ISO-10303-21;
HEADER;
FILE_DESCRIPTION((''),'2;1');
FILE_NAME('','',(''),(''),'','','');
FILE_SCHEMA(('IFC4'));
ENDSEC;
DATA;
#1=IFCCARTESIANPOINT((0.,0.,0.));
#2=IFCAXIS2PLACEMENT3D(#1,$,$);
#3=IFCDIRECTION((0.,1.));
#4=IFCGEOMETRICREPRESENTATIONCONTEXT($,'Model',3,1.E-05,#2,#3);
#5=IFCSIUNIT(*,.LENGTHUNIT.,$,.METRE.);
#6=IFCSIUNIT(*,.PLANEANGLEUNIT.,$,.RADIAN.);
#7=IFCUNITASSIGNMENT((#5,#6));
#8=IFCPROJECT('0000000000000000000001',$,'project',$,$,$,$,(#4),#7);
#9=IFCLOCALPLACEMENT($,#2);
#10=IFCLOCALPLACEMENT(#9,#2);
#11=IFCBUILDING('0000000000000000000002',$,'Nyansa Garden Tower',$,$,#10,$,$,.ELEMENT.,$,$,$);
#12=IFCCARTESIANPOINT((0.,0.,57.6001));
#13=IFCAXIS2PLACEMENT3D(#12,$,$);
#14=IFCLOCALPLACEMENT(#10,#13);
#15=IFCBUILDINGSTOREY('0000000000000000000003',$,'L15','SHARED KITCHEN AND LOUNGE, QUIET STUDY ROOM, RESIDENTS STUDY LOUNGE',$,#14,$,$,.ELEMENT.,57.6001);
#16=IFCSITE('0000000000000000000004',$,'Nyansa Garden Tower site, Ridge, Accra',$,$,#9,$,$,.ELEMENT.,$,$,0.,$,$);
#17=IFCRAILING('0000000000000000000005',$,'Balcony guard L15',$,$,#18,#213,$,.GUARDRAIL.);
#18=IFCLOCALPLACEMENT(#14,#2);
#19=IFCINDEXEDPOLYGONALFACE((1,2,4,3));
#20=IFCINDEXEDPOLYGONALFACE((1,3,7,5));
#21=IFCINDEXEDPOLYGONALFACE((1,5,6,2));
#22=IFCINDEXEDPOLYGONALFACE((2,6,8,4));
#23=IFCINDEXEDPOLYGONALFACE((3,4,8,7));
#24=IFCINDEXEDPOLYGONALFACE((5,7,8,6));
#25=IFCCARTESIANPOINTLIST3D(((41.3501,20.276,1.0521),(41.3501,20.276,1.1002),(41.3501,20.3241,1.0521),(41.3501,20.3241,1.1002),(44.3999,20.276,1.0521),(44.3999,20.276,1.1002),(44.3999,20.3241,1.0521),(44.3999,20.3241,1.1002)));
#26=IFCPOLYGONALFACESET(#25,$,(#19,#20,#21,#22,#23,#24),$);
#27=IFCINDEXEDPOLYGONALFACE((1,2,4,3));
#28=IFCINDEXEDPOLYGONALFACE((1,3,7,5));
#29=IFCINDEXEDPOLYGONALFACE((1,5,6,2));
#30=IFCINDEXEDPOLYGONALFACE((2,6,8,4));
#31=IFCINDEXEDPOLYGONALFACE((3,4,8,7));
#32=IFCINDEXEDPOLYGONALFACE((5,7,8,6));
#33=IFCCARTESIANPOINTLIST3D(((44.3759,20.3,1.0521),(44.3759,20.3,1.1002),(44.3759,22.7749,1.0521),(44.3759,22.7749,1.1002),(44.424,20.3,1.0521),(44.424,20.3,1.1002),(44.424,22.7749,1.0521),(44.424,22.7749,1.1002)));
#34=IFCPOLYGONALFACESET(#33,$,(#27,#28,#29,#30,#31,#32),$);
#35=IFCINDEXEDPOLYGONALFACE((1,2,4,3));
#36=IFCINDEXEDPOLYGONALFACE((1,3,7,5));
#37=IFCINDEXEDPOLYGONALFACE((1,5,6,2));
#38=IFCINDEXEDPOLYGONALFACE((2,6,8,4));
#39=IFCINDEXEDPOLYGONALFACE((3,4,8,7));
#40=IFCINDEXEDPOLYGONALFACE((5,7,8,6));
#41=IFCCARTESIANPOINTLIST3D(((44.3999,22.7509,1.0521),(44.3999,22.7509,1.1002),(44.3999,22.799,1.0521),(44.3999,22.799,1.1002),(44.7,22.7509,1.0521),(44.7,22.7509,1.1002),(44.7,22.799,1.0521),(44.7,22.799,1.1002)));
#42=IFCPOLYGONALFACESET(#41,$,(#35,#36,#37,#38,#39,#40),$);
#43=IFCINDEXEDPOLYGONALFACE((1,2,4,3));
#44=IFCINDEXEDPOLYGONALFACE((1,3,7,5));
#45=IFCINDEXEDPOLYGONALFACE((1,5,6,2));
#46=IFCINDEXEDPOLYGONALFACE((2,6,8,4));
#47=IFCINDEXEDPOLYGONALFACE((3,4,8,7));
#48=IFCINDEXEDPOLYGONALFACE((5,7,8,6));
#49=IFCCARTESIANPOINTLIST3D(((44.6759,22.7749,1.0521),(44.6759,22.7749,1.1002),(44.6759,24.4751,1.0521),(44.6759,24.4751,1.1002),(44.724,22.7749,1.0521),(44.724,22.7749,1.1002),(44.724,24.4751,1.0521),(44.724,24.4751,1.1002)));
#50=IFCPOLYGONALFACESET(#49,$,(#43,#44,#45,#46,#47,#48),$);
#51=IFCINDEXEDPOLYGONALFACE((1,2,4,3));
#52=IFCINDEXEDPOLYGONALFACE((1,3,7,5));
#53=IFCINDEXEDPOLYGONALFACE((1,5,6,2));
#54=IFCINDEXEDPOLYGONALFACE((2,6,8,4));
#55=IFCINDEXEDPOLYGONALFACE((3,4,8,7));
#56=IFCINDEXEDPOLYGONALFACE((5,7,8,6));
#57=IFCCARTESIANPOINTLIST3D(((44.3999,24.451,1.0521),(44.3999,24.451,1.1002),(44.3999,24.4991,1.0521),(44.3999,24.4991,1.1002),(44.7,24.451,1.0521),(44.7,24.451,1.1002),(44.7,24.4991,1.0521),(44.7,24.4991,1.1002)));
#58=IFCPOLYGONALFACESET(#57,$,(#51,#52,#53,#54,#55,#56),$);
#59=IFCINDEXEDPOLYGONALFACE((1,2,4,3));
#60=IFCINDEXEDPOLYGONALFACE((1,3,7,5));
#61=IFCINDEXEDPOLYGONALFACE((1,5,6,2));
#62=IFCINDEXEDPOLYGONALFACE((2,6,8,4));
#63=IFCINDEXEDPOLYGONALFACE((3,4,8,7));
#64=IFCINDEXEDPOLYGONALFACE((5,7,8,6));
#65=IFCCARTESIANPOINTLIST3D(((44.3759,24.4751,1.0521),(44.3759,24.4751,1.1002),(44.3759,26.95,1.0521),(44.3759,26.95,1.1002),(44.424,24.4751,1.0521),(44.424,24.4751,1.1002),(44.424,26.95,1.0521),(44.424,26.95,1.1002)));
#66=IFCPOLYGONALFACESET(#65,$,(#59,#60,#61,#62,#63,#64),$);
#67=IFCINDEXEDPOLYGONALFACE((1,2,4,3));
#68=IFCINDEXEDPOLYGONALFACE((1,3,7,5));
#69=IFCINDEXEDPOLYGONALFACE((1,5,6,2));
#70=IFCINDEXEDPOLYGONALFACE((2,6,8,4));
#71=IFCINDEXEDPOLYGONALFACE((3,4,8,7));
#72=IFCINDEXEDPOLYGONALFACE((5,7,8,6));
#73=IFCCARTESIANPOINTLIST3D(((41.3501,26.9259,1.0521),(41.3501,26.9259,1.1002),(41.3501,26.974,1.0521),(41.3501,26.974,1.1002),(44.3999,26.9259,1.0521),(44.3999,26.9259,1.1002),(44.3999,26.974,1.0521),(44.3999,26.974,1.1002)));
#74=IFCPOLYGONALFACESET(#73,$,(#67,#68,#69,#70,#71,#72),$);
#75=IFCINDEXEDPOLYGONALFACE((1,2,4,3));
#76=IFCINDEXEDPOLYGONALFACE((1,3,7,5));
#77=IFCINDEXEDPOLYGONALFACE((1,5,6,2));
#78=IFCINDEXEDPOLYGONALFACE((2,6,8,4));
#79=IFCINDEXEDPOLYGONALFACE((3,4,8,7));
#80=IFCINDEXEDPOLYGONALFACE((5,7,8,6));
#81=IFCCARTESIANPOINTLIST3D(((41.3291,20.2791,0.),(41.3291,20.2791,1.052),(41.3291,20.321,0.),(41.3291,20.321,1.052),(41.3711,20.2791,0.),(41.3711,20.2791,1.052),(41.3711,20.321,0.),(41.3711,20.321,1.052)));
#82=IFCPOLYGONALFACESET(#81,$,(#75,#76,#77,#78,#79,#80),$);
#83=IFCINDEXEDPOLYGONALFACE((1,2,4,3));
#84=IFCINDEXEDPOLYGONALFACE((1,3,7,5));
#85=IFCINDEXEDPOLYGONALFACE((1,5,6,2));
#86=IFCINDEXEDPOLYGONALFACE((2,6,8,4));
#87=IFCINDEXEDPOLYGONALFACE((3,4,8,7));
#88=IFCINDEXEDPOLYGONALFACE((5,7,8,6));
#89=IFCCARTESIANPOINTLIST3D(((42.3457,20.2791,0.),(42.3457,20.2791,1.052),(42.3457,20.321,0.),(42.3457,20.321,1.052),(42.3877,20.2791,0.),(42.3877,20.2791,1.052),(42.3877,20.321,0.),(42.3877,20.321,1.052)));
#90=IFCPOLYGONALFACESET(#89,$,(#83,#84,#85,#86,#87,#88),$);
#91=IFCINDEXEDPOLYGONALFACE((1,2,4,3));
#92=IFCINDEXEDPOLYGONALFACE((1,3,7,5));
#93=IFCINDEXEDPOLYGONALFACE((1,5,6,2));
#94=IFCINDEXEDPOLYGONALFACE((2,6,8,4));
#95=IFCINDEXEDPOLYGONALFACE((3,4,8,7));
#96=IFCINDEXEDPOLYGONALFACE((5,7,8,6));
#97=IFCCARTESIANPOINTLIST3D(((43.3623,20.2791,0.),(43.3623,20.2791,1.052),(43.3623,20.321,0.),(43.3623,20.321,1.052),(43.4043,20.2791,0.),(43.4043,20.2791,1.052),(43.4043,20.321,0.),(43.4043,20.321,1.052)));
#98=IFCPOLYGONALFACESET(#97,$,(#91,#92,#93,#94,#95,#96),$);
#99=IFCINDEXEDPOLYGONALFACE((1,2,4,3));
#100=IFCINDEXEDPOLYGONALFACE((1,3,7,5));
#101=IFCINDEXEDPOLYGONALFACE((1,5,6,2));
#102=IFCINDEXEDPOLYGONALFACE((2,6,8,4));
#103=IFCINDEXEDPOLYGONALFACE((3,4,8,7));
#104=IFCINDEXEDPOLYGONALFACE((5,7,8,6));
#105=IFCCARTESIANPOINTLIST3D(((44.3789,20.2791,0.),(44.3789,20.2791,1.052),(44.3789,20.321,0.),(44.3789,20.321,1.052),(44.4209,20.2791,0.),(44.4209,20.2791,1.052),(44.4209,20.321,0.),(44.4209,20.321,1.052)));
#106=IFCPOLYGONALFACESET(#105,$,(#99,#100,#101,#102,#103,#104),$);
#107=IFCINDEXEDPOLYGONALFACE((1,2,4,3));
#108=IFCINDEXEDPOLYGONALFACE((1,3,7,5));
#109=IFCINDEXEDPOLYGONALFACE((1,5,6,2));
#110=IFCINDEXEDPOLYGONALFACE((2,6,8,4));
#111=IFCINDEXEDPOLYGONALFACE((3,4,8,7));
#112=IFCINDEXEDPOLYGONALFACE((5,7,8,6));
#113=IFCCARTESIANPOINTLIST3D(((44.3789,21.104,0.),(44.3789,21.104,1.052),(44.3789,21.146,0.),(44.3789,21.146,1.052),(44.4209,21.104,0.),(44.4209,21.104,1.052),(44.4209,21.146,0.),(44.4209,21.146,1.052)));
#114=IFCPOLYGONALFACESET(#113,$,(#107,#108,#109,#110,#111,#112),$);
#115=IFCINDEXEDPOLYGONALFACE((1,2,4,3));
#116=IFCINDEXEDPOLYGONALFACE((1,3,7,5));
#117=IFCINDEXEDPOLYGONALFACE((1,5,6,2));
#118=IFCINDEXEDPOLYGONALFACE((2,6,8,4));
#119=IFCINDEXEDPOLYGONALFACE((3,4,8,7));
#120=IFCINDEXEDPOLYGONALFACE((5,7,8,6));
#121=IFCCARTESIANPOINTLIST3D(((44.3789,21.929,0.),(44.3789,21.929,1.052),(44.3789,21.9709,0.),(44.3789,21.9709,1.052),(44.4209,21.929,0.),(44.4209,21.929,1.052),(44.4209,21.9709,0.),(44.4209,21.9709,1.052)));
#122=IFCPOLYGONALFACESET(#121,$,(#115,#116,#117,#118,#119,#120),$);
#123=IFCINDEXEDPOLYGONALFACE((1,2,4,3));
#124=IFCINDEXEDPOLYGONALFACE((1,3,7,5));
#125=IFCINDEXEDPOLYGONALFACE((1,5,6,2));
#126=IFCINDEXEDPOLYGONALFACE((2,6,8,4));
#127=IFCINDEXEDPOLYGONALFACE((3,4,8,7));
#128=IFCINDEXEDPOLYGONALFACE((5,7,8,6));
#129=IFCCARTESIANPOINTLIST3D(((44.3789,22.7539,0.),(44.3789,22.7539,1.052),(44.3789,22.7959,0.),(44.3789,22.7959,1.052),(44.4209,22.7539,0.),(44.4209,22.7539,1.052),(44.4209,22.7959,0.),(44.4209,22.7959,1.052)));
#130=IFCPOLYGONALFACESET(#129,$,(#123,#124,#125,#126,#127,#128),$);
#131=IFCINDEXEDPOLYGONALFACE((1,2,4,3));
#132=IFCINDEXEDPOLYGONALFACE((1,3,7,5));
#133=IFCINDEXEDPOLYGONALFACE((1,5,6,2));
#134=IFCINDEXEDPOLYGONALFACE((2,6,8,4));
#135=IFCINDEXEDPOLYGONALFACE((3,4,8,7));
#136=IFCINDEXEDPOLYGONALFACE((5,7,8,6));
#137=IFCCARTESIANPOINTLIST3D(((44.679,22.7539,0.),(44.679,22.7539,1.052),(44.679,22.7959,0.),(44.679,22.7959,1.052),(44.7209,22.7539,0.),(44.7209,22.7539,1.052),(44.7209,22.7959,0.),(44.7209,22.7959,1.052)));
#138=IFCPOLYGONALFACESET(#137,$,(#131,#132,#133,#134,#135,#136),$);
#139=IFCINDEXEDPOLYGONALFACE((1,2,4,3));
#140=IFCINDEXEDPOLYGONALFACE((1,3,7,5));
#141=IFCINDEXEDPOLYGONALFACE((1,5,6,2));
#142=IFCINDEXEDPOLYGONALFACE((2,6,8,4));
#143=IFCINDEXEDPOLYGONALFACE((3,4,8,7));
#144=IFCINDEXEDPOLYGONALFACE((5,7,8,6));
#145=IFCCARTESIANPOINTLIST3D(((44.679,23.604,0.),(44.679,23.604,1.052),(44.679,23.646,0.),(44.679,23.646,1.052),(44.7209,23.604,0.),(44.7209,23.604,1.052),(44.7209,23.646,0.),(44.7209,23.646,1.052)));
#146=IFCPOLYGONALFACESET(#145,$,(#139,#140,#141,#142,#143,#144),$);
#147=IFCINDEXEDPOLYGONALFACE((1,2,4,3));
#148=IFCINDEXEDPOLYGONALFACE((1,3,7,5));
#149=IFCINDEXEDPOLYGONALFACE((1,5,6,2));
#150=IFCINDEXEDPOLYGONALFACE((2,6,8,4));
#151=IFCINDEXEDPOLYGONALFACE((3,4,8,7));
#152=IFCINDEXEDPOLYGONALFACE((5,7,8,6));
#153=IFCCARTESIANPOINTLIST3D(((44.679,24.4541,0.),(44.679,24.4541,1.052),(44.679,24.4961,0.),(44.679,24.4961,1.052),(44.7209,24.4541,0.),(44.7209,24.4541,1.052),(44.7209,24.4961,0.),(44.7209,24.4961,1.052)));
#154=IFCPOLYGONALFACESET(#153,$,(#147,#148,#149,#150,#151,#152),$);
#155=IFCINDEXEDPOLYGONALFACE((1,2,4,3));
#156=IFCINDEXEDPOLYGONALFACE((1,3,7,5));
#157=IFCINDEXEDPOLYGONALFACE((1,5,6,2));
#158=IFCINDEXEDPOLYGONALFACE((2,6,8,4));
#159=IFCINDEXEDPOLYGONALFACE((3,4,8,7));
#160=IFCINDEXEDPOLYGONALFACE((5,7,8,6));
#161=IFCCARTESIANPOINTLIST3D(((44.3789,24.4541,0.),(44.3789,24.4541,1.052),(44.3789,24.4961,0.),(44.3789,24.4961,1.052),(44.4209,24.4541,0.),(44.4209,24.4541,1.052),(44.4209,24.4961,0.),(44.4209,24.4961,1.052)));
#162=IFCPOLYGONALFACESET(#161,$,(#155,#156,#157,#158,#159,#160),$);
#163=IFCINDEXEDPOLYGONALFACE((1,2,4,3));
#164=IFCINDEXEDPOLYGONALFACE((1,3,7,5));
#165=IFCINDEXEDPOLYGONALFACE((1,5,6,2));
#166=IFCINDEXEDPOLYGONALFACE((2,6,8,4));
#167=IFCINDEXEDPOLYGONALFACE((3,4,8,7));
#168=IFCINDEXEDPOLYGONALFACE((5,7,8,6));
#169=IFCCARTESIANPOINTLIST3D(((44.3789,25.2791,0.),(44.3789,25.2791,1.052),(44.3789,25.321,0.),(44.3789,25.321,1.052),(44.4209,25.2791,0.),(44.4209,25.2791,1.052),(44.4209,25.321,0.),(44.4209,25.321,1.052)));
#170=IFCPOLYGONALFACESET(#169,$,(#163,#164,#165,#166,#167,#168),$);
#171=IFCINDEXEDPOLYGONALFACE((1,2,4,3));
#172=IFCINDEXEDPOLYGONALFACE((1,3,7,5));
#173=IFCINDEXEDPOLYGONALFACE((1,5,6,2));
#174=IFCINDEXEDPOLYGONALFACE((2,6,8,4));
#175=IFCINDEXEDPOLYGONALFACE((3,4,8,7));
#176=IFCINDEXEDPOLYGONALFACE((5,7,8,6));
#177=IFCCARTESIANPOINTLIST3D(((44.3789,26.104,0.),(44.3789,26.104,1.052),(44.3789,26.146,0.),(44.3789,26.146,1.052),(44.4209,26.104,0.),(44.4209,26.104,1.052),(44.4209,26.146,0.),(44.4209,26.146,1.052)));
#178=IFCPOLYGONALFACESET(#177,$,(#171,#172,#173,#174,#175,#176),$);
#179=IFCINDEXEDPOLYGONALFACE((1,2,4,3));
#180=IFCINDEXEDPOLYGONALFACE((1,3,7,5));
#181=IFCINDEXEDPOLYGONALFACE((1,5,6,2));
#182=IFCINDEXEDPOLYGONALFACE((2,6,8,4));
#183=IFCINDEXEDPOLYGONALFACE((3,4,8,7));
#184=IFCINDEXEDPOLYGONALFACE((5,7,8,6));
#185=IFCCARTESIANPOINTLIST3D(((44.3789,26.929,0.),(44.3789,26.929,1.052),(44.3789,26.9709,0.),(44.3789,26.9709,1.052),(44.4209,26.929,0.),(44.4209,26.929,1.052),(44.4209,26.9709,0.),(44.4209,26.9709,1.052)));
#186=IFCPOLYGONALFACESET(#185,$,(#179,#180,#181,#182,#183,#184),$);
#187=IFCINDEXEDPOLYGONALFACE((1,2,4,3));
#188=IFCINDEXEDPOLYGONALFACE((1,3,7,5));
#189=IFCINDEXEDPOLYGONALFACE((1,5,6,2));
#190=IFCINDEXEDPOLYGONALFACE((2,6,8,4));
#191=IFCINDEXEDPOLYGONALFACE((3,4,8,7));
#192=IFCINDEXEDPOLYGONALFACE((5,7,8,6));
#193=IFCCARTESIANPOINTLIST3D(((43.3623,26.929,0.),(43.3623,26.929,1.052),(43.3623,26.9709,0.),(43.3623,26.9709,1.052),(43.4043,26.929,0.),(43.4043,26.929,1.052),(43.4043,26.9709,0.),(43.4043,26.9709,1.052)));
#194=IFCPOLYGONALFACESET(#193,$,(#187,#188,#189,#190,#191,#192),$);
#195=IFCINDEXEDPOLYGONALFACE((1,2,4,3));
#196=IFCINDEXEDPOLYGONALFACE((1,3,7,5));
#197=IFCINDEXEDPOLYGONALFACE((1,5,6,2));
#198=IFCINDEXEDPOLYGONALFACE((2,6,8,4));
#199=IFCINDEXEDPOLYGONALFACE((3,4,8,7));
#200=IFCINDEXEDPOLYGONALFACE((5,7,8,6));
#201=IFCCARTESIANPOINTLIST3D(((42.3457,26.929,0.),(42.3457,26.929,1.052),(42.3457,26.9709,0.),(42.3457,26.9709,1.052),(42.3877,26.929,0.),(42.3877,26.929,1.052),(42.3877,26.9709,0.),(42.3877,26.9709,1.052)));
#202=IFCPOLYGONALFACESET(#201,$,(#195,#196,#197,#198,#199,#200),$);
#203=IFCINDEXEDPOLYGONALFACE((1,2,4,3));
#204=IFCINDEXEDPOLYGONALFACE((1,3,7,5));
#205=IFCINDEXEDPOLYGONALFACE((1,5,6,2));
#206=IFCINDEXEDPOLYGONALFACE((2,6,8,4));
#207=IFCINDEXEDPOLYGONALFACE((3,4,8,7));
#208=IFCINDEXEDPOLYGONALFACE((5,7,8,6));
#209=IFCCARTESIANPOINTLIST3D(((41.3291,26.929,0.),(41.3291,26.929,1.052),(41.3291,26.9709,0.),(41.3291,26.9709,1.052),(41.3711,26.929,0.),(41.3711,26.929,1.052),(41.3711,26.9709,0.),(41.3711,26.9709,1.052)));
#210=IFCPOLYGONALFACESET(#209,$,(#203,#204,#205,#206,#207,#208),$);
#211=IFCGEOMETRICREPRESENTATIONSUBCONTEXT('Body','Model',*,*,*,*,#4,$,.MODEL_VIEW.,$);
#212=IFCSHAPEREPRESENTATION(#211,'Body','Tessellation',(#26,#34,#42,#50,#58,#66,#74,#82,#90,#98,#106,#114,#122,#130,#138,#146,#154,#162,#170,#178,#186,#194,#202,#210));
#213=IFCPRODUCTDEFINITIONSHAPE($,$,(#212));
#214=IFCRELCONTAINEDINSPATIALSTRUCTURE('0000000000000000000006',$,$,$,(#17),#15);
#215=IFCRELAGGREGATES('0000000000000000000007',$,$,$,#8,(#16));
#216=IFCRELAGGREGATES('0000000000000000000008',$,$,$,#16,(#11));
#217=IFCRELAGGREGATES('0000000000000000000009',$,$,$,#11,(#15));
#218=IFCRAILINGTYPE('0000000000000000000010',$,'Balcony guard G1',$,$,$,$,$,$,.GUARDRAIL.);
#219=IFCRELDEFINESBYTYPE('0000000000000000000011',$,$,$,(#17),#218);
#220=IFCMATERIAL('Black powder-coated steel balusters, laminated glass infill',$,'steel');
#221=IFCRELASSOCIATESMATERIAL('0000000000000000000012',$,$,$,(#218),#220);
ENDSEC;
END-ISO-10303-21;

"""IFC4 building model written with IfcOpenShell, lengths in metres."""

from ifc_helpers import new_model, si_unit, direction, frame, origin, origin_2d, place, context, subcontext, project, spatial, rectangle, extrude, material, type_object, element, save


model = new_model("IFC4")

# Units and contexts
model_context = context("Model", 3, precision=1e-05, world=origin(), true_north=direction((0.0, 1.0)))
body_context = subcontext(model_context, "Body", "Model", "MODEL_VIEW")
ifc_project = project(units=[si_unit("LENGTHUNIT", "METRE"), si_unit("PLANEANGLEUNIT", "RADIAN")], contexts=[model_context])

# Site, building, storey
site_placement = place(None, origin())
site = spatial("IfcSite", under=ifc_project, at=site_placement, Name="Nyansa Garden Tower site, Ridge, Accra", CompositionType="ELEMENT", RefElevation=0.0)
building_placement = place(site_placement, origin())
building = spatial("IfcBuilding", under=site, at=building_placement, Name="Nyansa Garden Tower", CompositionType="ELEMENT")
storey_placement = place(building_placement, frame((0.0, 0.0, 57.6001)))
storey = spatial("IfcBuildingStorey", under=building, at=storey_placement, Name="L15", Description="SHARED KITCHEN AND LOUNGE, QUIET STUDY ROOM, RESIDENTS STUDY LOUNGE", CompositionType="ELEMENT", Elevation=57.6001)

# Railing
ifc_material_1 = material(Name="Black powder-coated steel balusters, laminated glass infill", Category="steel")
railing_type = type_object("IfcRailingType", Name="Balcony guard G1", PredefinedType="GUARDRAIL", material=ifc_material_1)
railing_placement = place(storey_placement, frame((41.3501, 20.3, 0.0)))
element("IfcRailing", 1, at=railing_placement, inside=storey, type_object=railing_type, Name="Balcony guard L15", PredefinedType="GUARDRAIL", context=body_context, shape_type="SweptSolid", body=[
    extrude(rectangle(XDim=0.0481, YDim=0.0481, at=origin_2d()), frame((0.0, 0.0, 1.0762), z_axis=(1.0, 0.0, 0.0), x_axis=(0.0, 1.0, 0.0)), (0.0, 0.0, 1.0), 3.0498),
    extrude(rectangle(XDim=0.0481, YDim=0.0481, at=origin_2d()), frame((3.0498, 0.0, 1.0762), z_axis=(0.0, 1.0, 0.0), x_axis=(-1.0, 0.0, 0.0)), (0.0, 0.0, 1.0), 2.4749),
    extrude(rectangle(XDim=0.0481, YDim=0.0481, at=origin_2d()), frame((3.0498, 2.4749, 1.0762), z_axis=(1.0, 0.0, 0.0), x_axis=(0.0, 1.0, 0.0)), (0.0, 0.0, 1.0), 0.3),
    extrude(rectangle(XDim=0.0481, YDim=0.0481, at=origin_2d()), frame((3.3499, 2.4749, 1.0762), z_axis=(0.0, 1.0, 0.0), x_axis=(-1.0, 0.0, 0.0)), (0.0, 0.0, 1.0), 1.7002),
    extrude(rectangle(XDim=0.0481, YDim=0.0481, at=origin_2d()), frame((3.3499, 4.175, 1.0762), z_axis=(-1.0, 0.0, 0.0), x_axis=(0.0, -1.0, 0.0)), (0.0, 0.0, 1.0), 0.3),
    extrude(rectangle(XDim=0.0481, YDim=0.0481, at=origin_2d()), frame((3.0498, 4.175, 1.0762), z_axis=(0.0, 1.0, 0.0), x_axis=(-1.0, 0.0, 0.0)), (0.0, 0.0, 1.0), 2.4749),
    extrude(rectangle(XDim=0.0481, YDim=0.0481, at=origin_2d()), frame((3.0498, 6.6499, 1.0762), z_axis=(-1.0, 0.0, 0.0), x_axis=(0.0, -1.0, 0.0)), (0.0, 0.0, 1.0), 3.0498),
    extrude(rectangle(XDim=0.042, YDim=0.042, at=origin_2d()), origin(), (0.0, 0.0, 1.0), 1.052),
    extrude(rectangle(XDim=0.042, YDim=0.042, at=origin_2d()), frame((1.0166, 0.0, 0.0)), (0.0, 0.0, 1.0), 1.052),
    extrude(rectangle(XDim=0.042, YDim=0.042, at=origin_2d()), frame((2.0332, 0.0, 0.0)), (0.0, 0.0, 1.0), 1.052),
    extrude(rectangle(XDim=0.042, YDim=0.042, at=origin_2d()), frame((3.0498, 0.0, 0.0)), (0.0, 0.0, 1.0), 1.052),
    extrude(rectangle(XDim=0.042, YDim=0.042, at=origin_2d()), frame((3.0498, 0.825, 0.0)), (0.0, 0.0, 1.0), 1.052),
    extrude(rectangle(XDim=0.042, YDim=0.042, at=origin_2d()), frame((3.0498, 1.6499, 0.0)), (0.0, 0.0, 1.0), 1.052),
    extrude(rectangle(XDim=0.042, YDim=0.042, at=origin_2d()), frame((3.0498, 2.4749, 0.0)), (0.0, 0.0, 1.0), 1.052),
    extrude(rectangle(XDim=0.042, YDim=0.042, at=origin_2d()), frame((3.3499, 2.4749, 0.0)), (0.0, 0.0, 1.0), 1.052),
    extrude(rectangle(XDim=0.042, YDim=0.042, at=origin_2d()), frame((3.3499, 3.325, 0.0)), (0.0, 0.0, 1.0), 1.052),
    extrude(rectangle(XDim=0.042, YDim=0.042, at=origin_2d()), frame((3.3499, 4.175, 0.0)), (0.0, 0.0, 1.0), 1.052),
    extrude(rectangle(XDim=0.042, YDim=0.042, at=origin_2d()), frame((3.0498, 4.175, 0.0)), (0.0, 0.0, 1.0), 1.052),
    extrude(rectangle(XDim=0.042, YDim=0.042, at=origin_2d()), frame((3.0498, 5.0, 0.0)), (0.0, 0.0, 1.0), 1.052),
    extrude(rectangle(XDim=0.042, YDim=0.042, at=origin_2d()), frame((3.0498, 5.825, 0.0)), (0.0, 0.0, 1.0), 1.052),
    extrude(rectangle(XDim=0.042, YDim=0.042, at=origin_2d()), frame((3.0498, 6.6499, 0.0)), (0.0, 0.0, 1.0), 1.052),
    extrude(rectangle(XDim=0.042, YDim=0.042, at=origin_2d()), frame((2.0332, 6.6499, 0.0)), (0.0, 0.0, 1.0), 1.052),
    extrude(rectangle(XDim=0.042, YDim=0.042, at=origin_2d()), frame((1.0166, 6.6499, 0.0)), (0.0, 0.0, 1.0), 1.052),
    extrude(rectangle(XDim=0.042, YDim=0.042, at=origin_2d()), frame((0.0, 6.6499, 0.0)), (0.0, 0.0, 1.0), 1.052),
])

save(model, "model.ifc")
